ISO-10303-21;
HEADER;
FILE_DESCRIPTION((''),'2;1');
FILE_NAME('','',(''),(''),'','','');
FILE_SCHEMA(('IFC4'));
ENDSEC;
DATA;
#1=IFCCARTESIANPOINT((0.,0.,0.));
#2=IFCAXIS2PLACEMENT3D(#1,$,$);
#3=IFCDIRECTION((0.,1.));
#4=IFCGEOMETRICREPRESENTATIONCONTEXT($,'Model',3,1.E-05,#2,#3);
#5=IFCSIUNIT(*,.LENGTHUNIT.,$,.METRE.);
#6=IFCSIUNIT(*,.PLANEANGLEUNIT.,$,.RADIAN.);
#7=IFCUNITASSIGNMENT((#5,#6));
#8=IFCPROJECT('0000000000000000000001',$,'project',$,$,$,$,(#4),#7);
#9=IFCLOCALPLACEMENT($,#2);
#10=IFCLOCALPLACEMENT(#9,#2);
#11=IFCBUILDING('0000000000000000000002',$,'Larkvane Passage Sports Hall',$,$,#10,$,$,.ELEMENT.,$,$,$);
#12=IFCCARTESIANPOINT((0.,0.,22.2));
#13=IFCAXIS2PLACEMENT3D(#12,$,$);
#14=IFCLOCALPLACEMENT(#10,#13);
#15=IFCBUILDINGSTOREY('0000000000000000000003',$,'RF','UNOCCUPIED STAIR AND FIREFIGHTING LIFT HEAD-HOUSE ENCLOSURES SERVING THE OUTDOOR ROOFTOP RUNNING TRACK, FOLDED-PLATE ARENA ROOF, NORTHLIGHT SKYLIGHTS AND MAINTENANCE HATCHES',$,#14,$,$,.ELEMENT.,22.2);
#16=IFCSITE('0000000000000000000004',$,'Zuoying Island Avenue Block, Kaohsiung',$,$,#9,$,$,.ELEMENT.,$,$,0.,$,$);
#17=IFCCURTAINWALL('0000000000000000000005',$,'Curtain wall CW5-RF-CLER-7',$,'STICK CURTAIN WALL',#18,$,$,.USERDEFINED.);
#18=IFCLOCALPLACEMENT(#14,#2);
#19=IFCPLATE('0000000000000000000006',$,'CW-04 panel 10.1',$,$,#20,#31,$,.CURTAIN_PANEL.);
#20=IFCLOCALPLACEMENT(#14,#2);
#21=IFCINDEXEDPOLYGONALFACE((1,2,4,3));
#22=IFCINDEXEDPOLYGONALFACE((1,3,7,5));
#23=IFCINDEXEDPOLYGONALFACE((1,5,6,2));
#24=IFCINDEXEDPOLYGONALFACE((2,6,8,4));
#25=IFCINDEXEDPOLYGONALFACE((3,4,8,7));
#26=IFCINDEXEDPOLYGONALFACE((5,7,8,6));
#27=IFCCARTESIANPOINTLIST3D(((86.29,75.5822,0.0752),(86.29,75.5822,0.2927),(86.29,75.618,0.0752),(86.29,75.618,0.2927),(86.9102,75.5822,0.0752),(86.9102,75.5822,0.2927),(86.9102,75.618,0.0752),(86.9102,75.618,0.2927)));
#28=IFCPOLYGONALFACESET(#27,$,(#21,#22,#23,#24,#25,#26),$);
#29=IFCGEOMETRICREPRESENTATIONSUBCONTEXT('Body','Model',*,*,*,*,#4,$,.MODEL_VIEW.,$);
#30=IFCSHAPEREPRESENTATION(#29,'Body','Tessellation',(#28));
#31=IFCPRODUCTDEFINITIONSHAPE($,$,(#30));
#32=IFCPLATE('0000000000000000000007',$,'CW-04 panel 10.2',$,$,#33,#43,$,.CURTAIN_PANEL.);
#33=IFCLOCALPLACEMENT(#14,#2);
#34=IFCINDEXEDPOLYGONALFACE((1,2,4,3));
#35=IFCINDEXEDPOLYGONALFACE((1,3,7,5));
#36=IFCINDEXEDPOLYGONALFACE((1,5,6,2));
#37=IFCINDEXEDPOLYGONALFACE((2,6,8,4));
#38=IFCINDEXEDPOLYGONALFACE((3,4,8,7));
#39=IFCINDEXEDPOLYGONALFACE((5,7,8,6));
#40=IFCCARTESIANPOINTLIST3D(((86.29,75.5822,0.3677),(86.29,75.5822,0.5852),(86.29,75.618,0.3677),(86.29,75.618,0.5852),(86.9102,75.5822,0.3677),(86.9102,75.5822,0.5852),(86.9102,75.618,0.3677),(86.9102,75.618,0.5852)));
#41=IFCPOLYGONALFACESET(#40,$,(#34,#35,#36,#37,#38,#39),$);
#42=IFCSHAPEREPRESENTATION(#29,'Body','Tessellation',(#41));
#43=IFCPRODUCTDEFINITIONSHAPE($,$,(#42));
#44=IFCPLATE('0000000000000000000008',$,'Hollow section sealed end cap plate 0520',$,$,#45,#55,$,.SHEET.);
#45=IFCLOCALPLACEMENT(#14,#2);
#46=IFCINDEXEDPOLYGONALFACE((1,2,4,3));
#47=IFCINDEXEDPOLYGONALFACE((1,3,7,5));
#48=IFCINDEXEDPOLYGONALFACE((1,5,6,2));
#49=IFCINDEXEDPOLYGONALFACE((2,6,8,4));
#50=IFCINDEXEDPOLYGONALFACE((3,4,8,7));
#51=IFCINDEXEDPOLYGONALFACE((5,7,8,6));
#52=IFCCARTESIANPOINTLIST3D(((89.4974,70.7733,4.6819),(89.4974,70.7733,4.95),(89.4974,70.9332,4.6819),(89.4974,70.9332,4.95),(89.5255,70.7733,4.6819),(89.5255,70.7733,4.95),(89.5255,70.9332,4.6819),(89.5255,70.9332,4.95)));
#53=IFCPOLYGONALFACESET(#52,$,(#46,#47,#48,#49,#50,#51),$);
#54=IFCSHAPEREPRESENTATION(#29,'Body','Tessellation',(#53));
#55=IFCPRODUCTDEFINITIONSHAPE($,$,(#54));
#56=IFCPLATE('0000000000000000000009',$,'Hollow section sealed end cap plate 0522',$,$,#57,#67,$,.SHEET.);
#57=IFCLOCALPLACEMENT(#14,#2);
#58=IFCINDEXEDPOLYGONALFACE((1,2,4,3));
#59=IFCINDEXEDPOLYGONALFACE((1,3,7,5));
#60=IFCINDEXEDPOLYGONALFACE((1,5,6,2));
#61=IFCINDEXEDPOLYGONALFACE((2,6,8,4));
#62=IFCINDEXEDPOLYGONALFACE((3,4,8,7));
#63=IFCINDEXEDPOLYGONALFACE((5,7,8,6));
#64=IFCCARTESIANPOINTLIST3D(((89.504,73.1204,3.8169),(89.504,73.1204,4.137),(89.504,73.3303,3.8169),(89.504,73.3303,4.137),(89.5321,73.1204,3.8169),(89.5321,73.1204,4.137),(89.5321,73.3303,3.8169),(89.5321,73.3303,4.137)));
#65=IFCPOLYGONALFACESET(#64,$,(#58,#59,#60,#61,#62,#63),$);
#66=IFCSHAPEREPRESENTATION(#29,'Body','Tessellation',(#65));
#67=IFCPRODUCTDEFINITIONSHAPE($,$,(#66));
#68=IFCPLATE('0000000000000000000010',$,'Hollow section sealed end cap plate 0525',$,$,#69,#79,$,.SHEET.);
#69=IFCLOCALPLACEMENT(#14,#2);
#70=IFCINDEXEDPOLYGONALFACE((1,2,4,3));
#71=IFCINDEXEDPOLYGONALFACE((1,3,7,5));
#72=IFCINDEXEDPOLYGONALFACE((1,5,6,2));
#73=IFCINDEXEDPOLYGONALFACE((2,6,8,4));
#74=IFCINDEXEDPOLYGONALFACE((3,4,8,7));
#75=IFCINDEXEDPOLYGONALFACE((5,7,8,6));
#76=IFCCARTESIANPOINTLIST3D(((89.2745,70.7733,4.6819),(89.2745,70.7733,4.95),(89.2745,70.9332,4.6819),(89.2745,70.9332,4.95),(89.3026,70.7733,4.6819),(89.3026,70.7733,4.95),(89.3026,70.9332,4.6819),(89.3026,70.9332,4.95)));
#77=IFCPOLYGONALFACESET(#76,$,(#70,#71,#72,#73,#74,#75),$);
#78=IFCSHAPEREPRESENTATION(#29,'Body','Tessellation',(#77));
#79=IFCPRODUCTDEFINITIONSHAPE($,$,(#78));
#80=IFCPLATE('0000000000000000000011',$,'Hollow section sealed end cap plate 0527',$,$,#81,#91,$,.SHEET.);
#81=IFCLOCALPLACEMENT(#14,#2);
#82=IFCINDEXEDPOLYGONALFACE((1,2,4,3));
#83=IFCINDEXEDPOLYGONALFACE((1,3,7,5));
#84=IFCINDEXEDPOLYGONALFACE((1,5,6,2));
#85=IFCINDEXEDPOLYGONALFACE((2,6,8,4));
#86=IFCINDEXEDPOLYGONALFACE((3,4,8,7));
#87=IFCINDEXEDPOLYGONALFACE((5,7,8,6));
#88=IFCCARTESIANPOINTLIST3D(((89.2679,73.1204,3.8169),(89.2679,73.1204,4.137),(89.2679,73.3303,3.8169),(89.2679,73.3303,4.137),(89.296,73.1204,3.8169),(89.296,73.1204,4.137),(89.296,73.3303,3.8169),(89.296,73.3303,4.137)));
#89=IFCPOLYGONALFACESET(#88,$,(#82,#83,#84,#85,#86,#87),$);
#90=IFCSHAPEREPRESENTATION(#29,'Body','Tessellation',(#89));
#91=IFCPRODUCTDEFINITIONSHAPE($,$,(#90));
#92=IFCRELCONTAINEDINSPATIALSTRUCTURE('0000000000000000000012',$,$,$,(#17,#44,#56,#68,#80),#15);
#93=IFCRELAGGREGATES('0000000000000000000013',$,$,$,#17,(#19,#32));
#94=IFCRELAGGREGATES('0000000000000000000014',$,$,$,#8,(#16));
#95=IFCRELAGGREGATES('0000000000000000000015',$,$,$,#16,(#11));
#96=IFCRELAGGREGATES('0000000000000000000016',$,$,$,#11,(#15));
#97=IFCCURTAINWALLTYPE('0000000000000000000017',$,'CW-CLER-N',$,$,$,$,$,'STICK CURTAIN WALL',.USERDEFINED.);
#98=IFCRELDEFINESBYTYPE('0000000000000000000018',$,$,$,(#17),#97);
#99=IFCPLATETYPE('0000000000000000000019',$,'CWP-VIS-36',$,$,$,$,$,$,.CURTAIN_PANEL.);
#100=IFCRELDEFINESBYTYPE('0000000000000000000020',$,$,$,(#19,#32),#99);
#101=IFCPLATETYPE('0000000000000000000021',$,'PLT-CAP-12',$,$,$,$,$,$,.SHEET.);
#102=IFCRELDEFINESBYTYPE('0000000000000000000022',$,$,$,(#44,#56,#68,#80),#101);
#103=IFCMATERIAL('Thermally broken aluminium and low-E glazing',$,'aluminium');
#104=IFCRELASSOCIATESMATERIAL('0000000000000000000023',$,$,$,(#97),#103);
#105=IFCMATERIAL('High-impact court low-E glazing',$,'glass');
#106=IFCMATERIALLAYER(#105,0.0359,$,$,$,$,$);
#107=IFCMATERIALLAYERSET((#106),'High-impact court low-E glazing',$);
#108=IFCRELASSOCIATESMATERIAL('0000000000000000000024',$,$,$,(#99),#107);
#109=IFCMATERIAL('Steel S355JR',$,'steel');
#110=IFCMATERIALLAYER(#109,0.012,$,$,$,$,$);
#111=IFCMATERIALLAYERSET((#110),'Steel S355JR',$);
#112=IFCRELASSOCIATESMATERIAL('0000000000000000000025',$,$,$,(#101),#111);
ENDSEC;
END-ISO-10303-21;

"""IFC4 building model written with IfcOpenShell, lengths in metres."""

from ifc_helpers import new_model, si_unit, direction, frame, origin, origin_2d, place, context, subcontext, project, spatial, rectangle, extrude, material, layer, layer_set, type_object, element, aggregate, save


model = new_model("IFC4")

# Units and contexts
model_context = context("Model", 3, precision=1e-05, world=origin(), true_north=direction((0.0, 1.0)))
body_context = subcontext(model_context, "Body", "Model", "MODEL_VIEW")
ifc_project = project(units=[si_unit("LENGTHUNIT", "METRE"), si_unit("PLANEANGLEUNIT", "RADIAN")], contexts=[model_context])

# Site, building, storey
site_placement = place(None, origin())
site = spatial("IfcSite", under=ifc_project, at=site_placement, Name="Zuoying Island Avenue Block, Kaohsiung", CompositionType="ELEMENT", RefElevation=0.0)
building_placement = place(site_placement, origin())
building = spatial("IfcBuilding", under=site, at=building_placement, Name="Larkvane Passage Sports Hall", CompositionType="ELEMENT")
storey_placement = place(building_placement, frame((0.0, 0.0, 22.2)))
storey = spatial("IfcBuildingStorey", under=building, at=storey_placement, Name="RF", Description="UNOCCUPIED STAIR AND FIREFIGHTING LIFT HEAD-HOUSE ENCLOSURES SERVING THE OUTDOOR ROOFTOP RUNNING TRACK, FOLDED-PLATE ARENA ROOF, NORTHLIGHT SKYLIGHTS AND MAINTENANCE HATCHES", CompositionType="ELEMENT", Elevation=22.2)

# Curtain wall
ifc_material_1 = material(Name="Thermally broken aluminium and low-E glazing", Category="aluminium")
curtain_wall_type = type_object("IfcCurtainWallType", Name="CW-CLER-N", ElementType="STICK CURTAIN WALL", PredefinedType="USERDEFINED", material=ifc_material_1)
curtain_wall_placement = place(storey_placement, origin())
curtain_wall = element("IfcCurtainWall", 1, at=curtain_wall_placement, inside=storey, type_object=curtain_wall_type, Name="Curtain wall CW5-RF-CLER-7", ObjectType="STICK CURTAIN WALL", PredefinedType="USERDEFINED")

# Shared definitions
ifc_material_2 = material(Name="Steel S355JR", Category="steel")

# Plates
ifc_material_3 = material(Name="High-impact court low-E glazing", Category="glass")
ifc_layer_1 = layer(ifc_material_3, 0.0359)
ifc_layer_set_1 = layer_set([ifc_layer_1], Name="High-impact court low-E glazing")
plate_type_1 = type_object("IfcPlateType", Name="CWP-VIS-36", PredefinedType="CURTAIN_PANEL", material=ifc_layer_set_1)
plate_1_placement = place(storey_placement, frame((86.6001, 75.6001, 0.0752), z_axis=(0.0, 0.0, 1.0), x_axis=(-1.0, 0.0, 0.0)))
plate_1 = element("IfcPlate", 2, at=plate_1_placement, type_object=plate_type_1, Name="CW-04 panel 10.1", PredefinedType="CURTAIN_PANEL", context=body_context, shape_type="SweptSolid", body=[
    extrude(rectangle(XDim=0.6201, YDim=0.0359, at=origin_2d()), origin(), (0.0, 0.0, 1.0), 0.2175),
])
plate_2_placement = place(storey_placement, frame((86.6001, 75.6001, 0.3677), z_axis=(0.0, 0.0, 1.0), x_axis=(-1.0, 0.0, 0.0)))
plate_2 = element("IfcPlate", 3, at=plate_2_placement, type_object=plate_type_1, Name="CW-04 panel 10.2", PredefinedType="CURTAIN_PANEL", context=body_context, shape_type="SweptSolid", body=[
    extrude(rectangle(XDim=0.6201, YDim=0.0359, at=origin_2d()), origin(), (0.0, 0.0, 1.0), 0.2175),
])
aggregate(curtain_wall, [plate_1, plate_2])

# Plates
ifc_layer_2 = layer(ifc_material_2, 0.012)
ifc_layer_set_2 = layer_set([ifc_layer_2], Name="Steel S355JR")
plate_type_2 = type_object("IfcPlateType", Name="PLT-CAP-12", PredefinedType="SHEET", material=ifc_layer_set_2)
plate_3_placement = place(storey_placement, frame((89.5115, 70.8533, 4.6819), z_axis=(0.0, 0.0, 1.0), x_axis=(0.0, 1.0, 0.0)))
element("IfcPlate", 4, at=plate_3_placement, inside=storey, type_object=plate_type_2, Name="Hollow section sealed end cap plate 0520", PredefinedType="SHEET", context=body_context, shape_type="SweptSolid", body=[
    extrude(rectangle(XDim=0.1599, YDim=0.0281, at=origin_2d()), origin(), (0.0, 0.0, 1.0), 0.2681),
])
plate_4_placement = place(storey_placement, frame((89.5181, 73.2253, 3.8169), z_axis=(0.0, 0.0, 1.0), x_axis=(0.0, 1.0, 0.0)))
element("IfcPlate", 5, at=plate_4_placement, inside=storey, type_object=plate_type_2, Name="Hollow section sealed end cap plate 0522", PredefinedType="SHEET", context=body_context, shape_type="SweptSolid", body=[
    extrude(rectangle(XDim=0.21, YDim=0.0281, at=origin_2d()), origin(), (0.0, 0.0, 1.0), 0.3201),
])
plate_5_placement = place(storey_placement, frame((89.2886, 70.8533, 4.6819), z_axis=(0.0, 0.0, 1.0), x_axis=(0.0, 1.0, 0.0)))
element("IfcPlate", 6, at=plate_5_placement, inside=storey, type_object=plate_type_2, Name="Hollow section sealed end cap plate 0525", PredefinedType="SHEET", context=body_context, shape_type="SweptSolid", body=[
    extrude(rectangle(XDim=0.1599, YDim=0.0281, at=origin_2d()), origin(), (0.0, 0.0, 1.0), 0.2681),
])
plate_6_placement = place(storey_placement, frame((89.282, 73.2253, 3.8169), z_axis=(0.0, 0.0, 1.0), x_axis=(0.0, 1.0, 0.0)))
element("IfcPlate", 7, at=plate_6_placement, inside=storey, type_object=plate_type_2, Name="Hollow section sealed end cap plate 0527", PredefinedType="SHEET", context=body_context, shape_type="SweptSolid", body=[
    extrude(rectangle(XDim=0.21, YDim=0.0281, at=origin_2d()), origin(), (0.0, 0.0, 1.0), 0.3201),
])

save(model, "model.ifc")
